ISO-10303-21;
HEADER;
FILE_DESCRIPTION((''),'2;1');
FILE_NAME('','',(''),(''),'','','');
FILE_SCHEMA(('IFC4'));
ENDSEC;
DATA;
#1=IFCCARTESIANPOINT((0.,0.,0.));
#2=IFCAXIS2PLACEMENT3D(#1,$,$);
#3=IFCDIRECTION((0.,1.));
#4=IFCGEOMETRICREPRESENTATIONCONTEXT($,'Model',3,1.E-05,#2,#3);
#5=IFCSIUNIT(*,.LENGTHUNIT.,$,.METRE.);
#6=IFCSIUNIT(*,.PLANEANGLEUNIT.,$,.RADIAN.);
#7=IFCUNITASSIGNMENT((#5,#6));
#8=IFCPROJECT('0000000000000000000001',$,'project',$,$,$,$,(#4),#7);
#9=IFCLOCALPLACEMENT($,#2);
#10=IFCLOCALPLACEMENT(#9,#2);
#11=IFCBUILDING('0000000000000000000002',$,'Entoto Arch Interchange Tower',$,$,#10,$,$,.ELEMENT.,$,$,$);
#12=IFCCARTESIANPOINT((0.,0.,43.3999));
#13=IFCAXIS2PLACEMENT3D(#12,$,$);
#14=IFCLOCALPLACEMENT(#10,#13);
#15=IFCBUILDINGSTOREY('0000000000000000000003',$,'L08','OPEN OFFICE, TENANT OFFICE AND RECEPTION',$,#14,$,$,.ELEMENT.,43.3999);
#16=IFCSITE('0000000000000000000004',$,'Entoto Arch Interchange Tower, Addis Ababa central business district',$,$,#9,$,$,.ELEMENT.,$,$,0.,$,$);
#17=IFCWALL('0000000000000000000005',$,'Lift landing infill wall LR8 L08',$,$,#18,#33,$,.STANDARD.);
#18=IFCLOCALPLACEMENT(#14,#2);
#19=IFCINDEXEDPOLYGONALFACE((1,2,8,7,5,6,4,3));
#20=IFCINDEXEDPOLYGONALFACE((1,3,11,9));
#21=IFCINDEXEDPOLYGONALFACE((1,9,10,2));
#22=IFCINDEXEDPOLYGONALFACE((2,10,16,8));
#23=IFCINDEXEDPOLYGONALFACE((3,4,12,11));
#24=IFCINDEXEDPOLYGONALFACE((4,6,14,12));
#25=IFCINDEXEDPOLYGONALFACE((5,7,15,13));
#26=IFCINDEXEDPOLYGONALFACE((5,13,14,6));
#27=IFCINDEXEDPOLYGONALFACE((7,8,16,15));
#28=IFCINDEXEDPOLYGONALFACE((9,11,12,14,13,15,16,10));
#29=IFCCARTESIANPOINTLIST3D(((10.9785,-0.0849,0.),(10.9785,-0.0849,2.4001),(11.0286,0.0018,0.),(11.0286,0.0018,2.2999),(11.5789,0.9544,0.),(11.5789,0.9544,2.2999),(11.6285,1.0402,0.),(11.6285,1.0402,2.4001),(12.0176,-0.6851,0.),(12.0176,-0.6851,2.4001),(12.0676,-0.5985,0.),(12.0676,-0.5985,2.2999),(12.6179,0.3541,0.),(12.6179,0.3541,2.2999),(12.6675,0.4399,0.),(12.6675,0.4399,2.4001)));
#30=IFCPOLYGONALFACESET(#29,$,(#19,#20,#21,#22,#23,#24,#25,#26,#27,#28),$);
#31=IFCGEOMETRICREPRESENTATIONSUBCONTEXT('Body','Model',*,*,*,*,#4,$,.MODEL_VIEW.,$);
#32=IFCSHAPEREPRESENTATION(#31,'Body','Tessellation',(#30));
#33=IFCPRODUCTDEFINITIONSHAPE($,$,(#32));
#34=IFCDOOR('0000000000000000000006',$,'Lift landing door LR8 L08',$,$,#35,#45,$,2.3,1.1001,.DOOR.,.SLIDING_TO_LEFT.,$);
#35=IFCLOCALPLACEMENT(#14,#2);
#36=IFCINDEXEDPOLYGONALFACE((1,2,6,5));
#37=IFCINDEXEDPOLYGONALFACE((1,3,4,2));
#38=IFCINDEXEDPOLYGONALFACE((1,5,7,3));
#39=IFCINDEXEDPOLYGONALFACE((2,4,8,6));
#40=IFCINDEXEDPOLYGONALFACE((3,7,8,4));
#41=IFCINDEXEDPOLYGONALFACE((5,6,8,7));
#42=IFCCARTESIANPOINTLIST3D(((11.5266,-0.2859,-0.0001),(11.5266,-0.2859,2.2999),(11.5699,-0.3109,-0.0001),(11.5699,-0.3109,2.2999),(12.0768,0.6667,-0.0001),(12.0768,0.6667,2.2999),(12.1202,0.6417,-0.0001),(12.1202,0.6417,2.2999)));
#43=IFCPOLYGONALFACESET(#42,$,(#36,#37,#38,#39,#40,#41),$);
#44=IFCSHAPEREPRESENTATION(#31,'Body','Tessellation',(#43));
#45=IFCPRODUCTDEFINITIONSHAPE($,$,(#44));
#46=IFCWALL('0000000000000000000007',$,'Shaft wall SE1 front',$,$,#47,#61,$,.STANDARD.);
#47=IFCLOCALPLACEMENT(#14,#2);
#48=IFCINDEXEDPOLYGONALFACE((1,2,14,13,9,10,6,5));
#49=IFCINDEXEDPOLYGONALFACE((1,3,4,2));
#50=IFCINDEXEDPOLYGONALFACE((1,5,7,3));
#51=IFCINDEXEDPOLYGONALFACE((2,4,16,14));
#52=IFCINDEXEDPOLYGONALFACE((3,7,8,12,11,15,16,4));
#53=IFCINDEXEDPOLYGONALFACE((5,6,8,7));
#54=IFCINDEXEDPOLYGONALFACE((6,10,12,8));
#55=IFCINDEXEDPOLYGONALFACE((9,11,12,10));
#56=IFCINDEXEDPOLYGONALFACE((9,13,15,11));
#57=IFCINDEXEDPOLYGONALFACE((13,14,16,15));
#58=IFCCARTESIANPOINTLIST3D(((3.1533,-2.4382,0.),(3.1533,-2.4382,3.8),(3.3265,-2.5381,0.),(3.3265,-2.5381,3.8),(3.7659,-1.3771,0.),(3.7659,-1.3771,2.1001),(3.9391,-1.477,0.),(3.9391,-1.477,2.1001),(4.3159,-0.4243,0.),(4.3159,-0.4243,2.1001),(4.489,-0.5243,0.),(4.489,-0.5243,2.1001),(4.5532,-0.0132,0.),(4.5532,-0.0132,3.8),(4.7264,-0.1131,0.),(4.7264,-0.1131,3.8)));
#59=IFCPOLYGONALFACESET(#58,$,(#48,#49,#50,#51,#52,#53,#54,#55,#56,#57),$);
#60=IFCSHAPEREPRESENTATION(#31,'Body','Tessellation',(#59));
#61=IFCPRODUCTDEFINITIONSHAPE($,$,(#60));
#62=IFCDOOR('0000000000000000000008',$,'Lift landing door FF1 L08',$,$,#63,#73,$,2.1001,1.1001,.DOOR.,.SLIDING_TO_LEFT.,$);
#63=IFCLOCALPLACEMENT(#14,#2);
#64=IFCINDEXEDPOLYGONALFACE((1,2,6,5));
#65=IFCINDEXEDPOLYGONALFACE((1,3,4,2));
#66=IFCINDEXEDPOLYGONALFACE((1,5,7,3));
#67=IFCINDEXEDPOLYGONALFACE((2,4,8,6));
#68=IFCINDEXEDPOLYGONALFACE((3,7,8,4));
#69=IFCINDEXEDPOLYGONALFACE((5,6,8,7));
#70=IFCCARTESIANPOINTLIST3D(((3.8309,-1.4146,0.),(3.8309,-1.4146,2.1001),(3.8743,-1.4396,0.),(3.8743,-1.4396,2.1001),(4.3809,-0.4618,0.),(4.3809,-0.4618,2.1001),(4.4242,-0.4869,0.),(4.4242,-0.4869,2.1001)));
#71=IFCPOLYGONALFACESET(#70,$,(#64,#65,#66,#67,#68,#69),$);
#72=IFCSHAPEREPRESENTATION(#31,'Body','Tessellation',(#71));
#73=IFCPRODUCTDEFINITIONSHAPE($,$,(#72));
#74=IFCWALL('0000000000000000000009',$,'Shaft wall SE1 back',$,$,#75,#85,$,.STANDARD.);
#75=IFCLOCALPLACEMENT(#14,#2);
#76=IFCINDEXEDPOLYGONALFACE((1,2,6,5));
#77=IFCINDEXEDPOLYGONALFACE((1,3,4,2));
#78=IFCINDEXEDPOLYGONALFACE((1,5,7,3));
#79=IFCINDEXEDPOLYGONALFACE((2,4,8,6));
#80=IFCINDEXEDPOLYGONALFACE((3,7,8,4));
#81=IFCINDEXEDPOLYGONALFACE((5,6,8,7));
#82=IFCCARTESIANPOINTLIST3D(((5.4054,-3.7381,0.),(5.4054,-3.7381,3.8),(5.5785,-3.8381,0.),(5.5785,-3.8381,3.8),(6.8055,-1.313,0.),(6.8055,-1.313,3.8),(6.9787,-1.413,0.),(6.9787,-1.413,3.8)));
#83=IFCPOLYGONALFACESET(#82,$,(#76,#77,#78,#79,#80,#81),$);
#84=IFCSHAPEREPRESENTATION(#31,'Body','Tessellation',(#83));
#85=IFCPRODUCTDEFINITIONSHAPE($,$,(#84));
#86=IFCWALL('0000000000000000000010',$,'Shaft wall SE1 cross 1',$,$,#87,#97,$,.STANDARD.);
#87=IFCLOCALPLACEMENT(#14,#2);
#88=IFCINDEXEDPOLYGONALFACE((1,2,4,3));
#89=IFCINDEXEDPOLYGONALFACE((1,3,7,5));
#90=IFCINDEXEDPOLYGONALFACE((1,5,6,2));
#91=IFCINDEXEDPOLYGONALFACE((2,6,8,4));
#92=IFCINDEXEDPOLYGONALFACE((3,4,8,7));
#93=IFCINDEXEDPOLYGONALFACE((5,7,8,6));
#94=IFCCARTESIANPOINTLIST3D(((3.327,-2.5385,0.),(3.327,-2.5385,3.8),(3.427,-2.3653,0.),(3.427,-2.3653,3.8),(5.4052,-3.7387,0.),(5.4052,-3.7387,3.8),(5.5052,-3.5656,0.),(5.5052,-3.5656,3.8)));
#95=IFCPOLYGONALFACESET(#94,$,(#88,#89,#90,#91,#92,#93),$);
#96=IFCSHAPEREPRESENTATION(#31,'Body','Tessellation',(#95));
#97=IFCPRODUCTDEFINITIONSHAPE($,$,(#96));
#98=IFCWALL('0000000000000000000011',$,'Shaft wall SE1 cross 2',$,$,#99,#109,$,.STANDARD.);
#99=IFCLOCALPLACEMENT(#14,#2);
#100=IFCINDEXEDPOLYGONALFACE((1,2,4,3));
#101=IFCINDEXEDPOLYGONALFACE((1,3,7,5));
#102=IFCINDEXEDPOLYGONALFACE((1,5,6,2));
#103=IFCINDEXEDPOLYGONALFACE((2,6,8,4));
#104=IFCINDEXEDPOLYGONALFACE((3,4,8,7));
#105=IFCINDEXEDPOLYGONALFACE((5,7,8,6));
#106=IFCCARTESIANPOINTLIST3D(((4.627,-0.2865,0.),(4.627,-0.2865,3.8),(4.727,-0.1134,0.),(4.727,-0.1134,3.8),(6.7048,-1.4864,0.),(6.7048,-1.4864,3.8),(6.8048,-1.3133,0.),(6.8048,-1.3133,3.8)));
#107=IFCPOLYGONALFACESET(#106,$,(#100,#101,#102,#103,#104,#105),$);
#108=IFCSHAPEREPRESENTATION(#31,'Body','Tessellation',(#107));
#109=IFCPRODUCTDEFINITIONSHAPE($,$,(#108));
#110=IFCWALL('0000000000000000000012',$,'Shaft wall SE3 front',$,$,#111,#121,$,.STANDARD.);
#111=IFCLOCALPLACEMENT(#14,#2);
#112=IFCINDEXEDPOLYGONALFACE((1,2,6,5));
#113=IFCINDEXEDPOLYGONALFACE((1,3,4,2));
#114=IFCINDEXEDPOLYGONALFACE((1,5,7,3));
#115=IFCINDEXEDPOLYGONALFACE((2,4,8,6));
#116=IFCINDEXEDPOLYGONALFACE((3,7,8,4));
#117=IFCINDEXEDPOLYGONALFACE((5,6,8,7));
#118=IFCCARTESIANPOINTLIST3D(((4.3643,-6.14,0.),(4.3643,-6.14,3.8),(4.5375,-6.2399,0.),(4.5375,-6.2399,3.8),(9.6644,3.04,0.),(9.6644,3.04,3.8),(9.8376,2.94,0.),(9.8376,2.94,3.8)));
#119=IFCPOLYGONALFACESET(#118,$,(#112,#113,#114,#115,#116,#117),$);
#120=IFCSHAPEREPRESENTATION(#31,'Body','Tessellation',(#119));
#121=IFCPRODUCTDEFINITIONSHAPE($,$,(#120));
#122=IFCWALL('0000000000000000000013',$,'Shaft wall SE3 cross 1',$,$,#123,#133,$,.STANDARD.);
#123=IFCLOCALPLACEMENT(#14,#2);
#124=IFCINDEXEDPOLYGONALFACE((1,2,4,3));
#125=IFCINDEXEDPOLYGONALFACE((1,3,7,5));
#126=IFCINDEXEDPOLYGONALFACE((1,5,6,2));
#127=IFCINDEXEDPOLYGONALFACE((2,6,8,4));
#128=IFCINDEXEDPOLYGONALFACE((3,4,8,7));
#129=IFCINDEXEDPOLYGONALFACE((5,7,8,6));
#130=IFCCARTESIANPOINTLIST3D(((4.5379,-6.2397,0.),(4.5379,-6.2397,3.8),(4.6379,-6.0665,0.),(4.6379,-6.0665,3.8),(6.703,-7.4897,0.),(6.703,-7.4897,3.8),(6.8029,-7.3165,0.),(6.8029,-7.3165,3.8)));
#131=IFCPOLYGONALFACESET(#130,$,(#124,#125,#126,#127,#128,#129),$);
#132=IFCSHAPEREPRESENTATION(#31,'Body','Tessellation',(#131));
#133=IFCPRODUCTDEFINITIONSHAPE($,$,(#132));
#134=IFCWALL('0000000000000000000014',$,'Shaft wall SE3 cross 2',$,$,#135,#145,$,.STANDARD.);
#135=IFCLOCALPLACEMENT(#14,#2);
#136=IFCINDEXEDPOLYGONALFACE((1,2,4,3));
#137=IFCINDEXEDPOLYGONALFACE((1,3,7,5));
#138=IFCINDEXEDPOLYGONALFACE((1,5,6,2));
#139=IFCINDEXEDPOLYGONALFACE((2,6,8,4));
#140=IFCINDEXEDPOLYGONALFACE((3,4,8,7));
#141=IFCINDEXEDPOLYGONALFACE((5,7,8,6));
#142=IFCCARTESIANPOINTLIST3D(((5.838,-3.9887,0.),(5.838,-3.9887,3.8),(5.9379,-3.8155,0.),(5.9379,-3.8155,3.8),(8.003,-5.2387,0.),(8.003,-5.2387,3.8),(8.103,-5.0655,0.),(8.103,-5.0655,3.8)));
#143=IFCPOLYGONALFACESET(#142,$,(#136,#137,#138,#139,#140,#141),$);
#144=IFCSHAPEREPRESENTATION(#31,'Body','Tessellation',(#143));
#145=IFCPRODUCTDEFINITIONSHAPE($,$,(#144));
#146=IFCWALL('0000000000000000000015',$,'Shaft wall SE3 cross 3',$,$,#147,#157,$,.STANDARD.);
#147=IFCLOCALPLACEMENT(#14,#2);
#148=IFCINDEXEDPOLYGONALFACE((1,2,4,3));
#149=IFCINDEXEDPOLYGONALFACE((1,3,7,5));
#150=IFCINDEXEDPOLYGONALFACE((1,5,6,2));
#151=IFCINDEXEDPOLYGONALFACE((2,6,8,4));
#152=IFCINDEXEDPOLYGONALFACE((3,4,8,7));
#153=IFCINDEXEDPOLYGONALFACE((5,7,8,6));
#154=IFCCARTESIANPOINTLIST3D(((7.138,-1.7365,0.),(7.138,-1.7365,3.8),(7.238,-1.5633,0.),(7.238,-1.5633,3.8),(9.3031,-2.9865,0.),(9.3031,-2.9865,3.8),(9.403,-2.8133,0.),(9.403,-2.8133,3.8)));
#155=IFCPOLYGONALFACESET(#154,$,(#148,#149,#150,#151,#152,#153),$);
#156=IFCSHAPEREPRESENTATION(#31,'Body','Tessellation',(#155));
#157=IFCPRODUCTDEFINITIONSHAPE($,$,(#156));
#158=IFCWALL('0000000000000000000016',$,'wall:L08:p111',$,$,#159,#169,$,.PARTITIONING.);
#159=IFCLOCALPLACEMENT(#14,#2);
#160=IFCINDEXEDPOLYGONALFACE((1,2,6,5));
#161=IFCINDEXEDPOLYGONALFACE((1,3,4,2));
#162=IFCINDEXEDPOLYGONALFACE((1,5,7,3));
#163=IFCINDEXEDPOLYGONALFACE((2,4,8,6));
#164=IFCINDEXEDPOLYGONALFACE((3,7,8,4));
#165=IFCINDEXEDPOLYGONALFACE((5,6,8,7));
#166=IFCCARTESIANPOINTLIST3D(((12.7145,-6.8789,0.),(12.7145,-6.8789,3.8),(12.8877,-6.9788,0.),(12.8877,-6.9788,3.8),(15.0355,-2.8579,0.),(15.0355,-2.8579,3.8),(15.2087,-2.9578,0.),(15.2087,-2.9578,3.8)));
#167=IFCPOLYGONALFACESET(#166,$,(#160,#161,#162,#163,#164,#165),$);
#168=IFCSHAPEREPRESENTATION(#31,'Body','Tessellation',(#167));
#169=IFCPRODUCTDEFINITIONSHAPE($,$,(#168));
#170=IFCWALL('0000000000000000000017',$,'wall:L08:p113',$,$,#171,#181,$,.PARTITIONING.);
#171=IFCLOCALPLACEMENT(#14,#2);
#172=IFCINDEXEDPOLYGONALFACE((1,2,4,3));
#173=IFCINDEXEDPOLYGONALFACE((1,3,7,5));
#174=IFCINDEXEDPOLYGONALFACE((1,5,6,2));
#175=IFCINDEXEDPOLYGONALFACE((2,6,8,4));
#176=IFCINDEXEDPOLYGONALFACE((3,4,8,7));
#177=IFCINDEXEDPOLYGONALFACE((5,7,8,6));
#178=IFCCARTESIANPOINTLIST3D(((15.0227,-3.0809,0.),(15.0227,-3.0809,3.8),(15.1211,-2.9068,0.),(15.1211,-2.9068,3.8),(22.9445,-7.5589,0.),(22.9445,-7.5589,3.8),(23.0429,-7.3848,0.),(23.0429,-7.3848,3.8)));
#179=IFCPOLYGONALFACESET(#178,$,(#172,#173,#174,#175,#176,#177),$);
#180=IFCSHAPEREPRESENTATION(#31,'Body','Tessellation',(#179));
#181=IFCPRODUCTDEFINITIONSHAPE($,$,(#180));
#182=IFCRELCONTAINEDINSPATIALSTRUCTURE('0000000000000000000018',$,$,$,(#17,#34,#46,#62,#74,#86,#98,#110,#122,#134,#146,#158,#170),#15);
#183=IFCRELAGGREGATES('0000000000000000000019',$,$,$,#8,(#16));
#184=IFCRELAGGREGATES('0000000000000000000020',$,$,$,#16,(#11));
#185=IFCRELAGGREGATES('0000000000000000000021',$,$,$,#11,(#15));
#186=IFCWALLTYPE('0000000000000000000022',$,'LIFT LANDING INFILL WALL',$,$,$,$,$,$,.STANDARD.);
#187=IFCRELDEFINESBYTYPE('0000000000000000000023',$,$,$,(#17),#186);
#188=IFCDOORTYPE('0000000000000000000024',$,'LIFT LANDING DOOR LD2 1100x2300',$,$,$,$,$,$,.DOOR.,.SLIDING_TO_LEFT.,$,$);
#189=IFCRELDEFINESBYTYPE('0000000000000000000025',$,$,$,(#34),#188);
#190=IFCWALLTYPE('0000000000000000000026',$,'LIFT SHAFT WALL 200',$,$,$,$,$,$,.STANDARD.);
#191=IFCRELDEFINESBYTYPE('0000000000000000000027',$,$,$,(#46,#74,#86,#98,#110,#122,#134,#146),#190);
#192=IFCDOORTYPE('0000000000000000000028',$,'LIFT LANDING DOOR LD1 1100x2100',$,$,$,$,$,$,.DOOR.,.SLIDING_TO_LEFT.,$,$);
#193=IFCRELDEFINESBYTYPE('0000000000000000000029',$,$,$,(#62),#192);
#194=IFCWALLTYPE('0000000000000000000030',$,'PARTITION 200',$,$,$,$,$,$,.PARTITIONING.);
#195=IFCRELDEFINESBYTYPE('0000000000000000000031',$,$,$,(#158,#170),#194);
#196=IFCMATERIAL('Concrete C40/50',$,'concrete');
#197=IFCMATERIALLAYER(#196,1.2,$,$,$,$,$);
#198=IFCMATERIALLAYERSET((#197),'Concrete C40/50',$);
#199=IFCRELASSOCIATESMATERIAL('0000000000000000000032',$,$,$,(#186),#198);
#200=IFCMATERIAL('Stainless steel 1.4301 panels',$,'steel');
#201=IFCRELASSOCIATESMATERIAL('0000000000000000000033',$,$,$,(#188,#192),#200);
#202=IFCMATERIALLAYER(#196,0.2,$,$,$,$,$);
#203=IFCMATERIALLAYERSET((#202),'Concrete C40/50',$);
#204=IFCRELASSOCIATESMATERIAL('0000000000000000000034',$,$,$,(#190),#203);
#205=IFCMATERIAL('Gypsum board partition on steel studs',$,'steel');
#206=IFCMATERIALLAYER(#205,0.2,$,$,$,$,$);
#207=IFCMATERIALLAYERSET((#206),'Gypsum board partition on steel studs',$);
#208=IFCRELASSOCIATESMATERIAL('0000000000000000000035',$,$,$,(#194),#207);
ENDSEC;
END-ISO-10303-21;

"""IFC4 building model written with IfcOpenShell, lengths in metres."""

from ifc_helpers import new_model, si_unit, direction, frame, frame_2d, origin, place, context, subcontext, project, spatial, rectangle, extrude, material, layer, layer_set, type_object, element, fill, save


model = new_model("IFC4")

# Units and contexts
model_context = context("Model", 3, precision=1e-05, world=origin(), true_north=direction((0.0, 1.0)))
body_context = subcontext(model_context, "Body", "Model", "MODEL_VIEW")
ifc_project = project(units=[si_unit("LENGTHUNIT", "METRE"), si_unit("PLANEANGLEUNIT", "RADIAN")], contexts=[model_context])

# Site, building, storey
site_placement = place(None, origin())
site = spatial("IfcSite", under=ifc_project, at=site_placement, Name="Entoto Arch Interchange Tower, Addis Ababa central business district", CompositionType="ELEMENT", RefElevation=0.0)
building_placement = place(site_placement, origin())
building = spatial("IfcBuilding", under=site, at=building_placement, Name="Entoto Arch Interchange Tower", CompositionType="ELEMENT")
storey_placement = place(building_placement, frame((0.0, 0.0, 43.3999)))
storey = spatial("IfcBuildingStorey", under=building, at=storey_placement, Name="L08", Description="OPEN OFFICE, TENANT OFFICE AND RECEPTION", CompositionType="ELEMENT", Elevation=43.3999)

# Walls, openings, doors
ifc_material_1 = material(Name="Concrete C40/50", Category="concrete")
ifc_layer_1 = layer(ifc_material_1, 1.2)
ifc_layer_set_1 = layer_set([ifc_layer_1], Name="Concrete C40/50")
wall_type_1 = type_object("IfcWallType", Name="LIFT LANDING INFILL WALL", PredefinedType="STANDARD", material=ifc_layer_set_1)
ifc_material_2 = material(Name="Stainless steel 1.4301 panels", Category="steel")
door_type_1 = type_object("IfcDoorType", Name="LIFT LANDING DOOR LD2 1100x2300", OperationType="SLIDING_TO_LEFT", PredefinedType="DOOR", material=ifc_material_2)
wall_1_placement = place(storey_placement, frame((11.498, -0.385, 0.0), z_axis=(0.0, 0.0, 1.0), x_axis=(0.500221, 0.865898, 0.0)))
wall_1 = element("IfcWall", 1, at=wall_1_placement, inside=storey, type_object=wall_type_1, Name="Lift landing infill wall LR8 L08", PredefinedType="STANDARD", context=body_context, shape_type="SweptSolid", body=[
    extrude(rectangle(XDim=1.2993, YDim=1.2, at=frame_2d((0.6497, 0.0))), origin(), (0.0, 0.0, 1.0), 2.4001),
])
opening_1_placement = place(wall_1_placement, frame((0.1001, 0.0, 0.0)))
opening_1 = element("IfcOpeningElement", 2, at=opening_1_placement, cuts=wall_1, PredefinedType="OPENING", context=body_context, shape_type="SweptSolid", body=[
    extrude(rectangle(XDim=1.1001, YDim=2.3, at=frame_2d((0.55, 1.1499))), frame((0.0, 0.6099, 0.0), z_axis=(0.0, -1.0, 0.0), x_axis=(1.0, 0.0, 0.0)), (0.0, 0.0, 1.0), 1.22),
])
door_1_placement = place(opening_1_placement, origin())
door_1 = element("IfcDoor", 3, at=door_1_placement, inside=storey, type_object=door_type_1, Name="Lift landing door LR8 L08", OperationType="SLIDING_TO_LEFT", OverallHeight=2.3, OverallWidth=1.1001, PredefinedType="DOOR", context=body_context, shape_type="SweptSolid", body=[
    extrude(rectangle(XDim=1.1001, YDim=2.3, at=frame_2d((0.55, 1.1499))), frame((0.0, 0.0249, 0.0), z_axis=(0.0, -1.0, 0.0), x_axis=(1.0, 0.0, 0.0)), (0.0, 0.0, 1.0), 0.05),
])
fill(opening_1, door_1)
ifc_layer_2 = layer(ifc_material_1, 0.2)
ifc_layer_set_2 = layer_set([ifc_layer_2], Name="Concrete C40/50")
wall_type_2 = type_object("IfcWallType", Name="LIFT SHAFT WALL 200", PredefinedType="STANDARD", material=ifc_layer_set_2)
wall_2_placement = place(storey_placement, frame((3.24, -2.488, 0.0), z_axis=(0.0, 0.0, 1.0), x_axis=(0.499946, 0.866056, 0.0)))
wall_2 = element("IfcWall", 4, at=wall_2_placement, inside=storey, type_object=wall_type_2, Name="Shaft wall SE1 front", PredefinedType="STANDARD", context=body_context, shape_type="SweptSolid", body=[
    extrude(rectangle(XDim=2.8, YDim=0.2, at=frame_2d((1.3999, 0.0))), origin(), (0.0, 0.0, 1.0), 3.8),
])
opening_2_placement = place(wall_2_placement, frame((1.2251, 0.0, 0.0)))
opening_2 = element("IfcOpeningElement", 5, at=opening_2_placement, cuts=wall_2, PredefinedType="OPENING", context=body_context, shape_type="SweptSolid", body=[
    extrude(rectangle(XDim=1.1001, YDim=2.1001, at=frame_2d((0.55, 1.05))), frame((0.0, 0.1099, 0.0), z_axis=(0.0, -1.0, 0.0), x_axis=(1.0, 0.0, 0.0)), (0.0, 0.0, 1.0), 0.22),
])
door_type_2 = type_object("IfcDoorType", Name="LIFT LANDING DOOR LD1 1100x2100", OperationType="SLIDING_TO_LEFT", PredefinedType="DOOR", material=ifc_material_2)
door_2_placement = place(opening_2_placement, origin())
door_2 = element("IfcDoor", 6, at=door_2_placement, inside=storey, type_object=door_type_2, Name="Lift landing door FF1 L08", OperationType="SLIDING_TO_LEFT", OverallHeight=2.1001, OverallWidth=1.1001, PredefinedType="DOOR", context=body_context, shape_type="SweptSolid", body=[
    extrude(rectangle(XDim=1.1001, YDim=2.1001, at=frame_2d((0.55, 1.05))), frame((0.0, 0.0249, 0.0), z_axis=(0.0, -1.0, 0.0), x_axis=(1.0, 0.0, 0.0)), (0.0, 0.0, 1.0), 0.05),
])
fill(opening_2, door_2)

# Walls
wall_3_placement = place(storey_placement, frame((5.4919, -3.7881, 0.0), z_axis=(0.0, 0.0, 1.0), x_axis=(0.500012, 0.866019, 0.0)))
element("IfcWall", 7, at=wall_3_placement, inside=storey, type_object=wall_type_2, Name="Shaft wall SE1 back", PredefinedType="STANDARD", context=body_context, shape_type="SweptSolid", body=[
    extrude(rectangle(XDim=2.8003, YDim=0.2, at=frame_2d((1.4001, 0.0))), origin(), (0.0, 0.0, 1.0), 3.8),
])
wall_4_placement = place(storey_placement, frame((3.377, -2.4519, 0.0), z_axis=(0.0, 0.0, 1.0), x_axis=(0.865955, -0.500122, 0.0)))
element("IfcWall", 8, at=wall_4_placement, inside=storey, type_object=wall_type_2, Name="Shaft wall SE1 cross 1", PredefinedType="STANDARD", context=body_context, shape_type="SweptSolid", body=[
    extrude(rectangle(XDim=2.3999, YDim=0.2, at=frame_2d((1.2, 0.0))), origin(), (0.0, 0.0, 1.0), 3.8),
])
wall_5_placement = place(storey_placement, frame((4.677, -0.2, 0.0), z_axis=(0.0, 0.0, 1.0), x_axis=(0.865974, -0.500089, 0.0)))
element("IfcWall", 9, at=wall_5_placement, inside=storey, type_object=wall_type_2, Name="Shaft wall SE1 cross 2", PredefinedType="STANDARD", context=body_context, shape_type="SweptSolid", body=[
    extrude(rectangle(XDim=2.3994, YDim=0.2, at=frame_2d((1.1997, 0.0))), origin(), (0.0, 0.0, 1.0), 3.8),
])
wall_6_placement = place(storey_placement, frame((4.4509, -6.1899, 0.0), z_axis=(0.0, 0.0, 1.0), x_axis=(0.500001, 0.866025, 0.0)))
element("IfcWall", 10, at=wall_6_placement, inside=storey, type_object=wall_type_2, Name="Shaft wall SE3 front", PredefinedType="STANDARD", context=body_context, shape_type="SweptSolid", body=[
    extrude(rectangle(XDim=10.6001, YDim=0.2, at=frame_2d((5.3, 0.0))), origin(), (0.0, 0.0, 1.0), 3.8),
])
for number, where, z_axis, x_axis, name in (
    (11, (4.5879, -6.1531, 0.0), (0.0, 0.0, 1.0), (0.866023, -0.500004, 0.0), "Shaft wall SE3 cross 1"),
    (12, (5.8879, -3.9021, 0.0), (0.0, 0.0, 1.0), (0.866023, -0.500004, 0.0), "Shaft wall SE3 cross 2"),
    (13, (7.188, -1.6499, 0.0), (0.0, 0.0, 1.0), (0.866023, -0.500004, 0.0), "Shaft wall SE3 cross 3"),
):
    element("IfcWall", number, at=place(storey_placement, frame(where, z_axis=z_axis, x_axis=x_axis)), inside=storey, type_object=wall_type_2, Name=name, PredefinedType="STANDARD", context=body_context, shape_type="SweptSolid", body=[
        extrude(rectangle(XDim=2.5, YDim=0.2, at=frame_2d((1.25, 0.0))), origin(), (0.0, 0.0, 1.0), 3.8),
    ])
ifc_material_3 = material(Name="Gypsum board partition on steel studs", Category="steel")
ifc_layer_3 = layer(ifc_material_3, 0.2)
ifc_layer_set_3 = layer_set([ifc_layer_3], Name="Gypsum board partition on steel studs")
wall_type_3 = type_object("IfcWallType", Name="PARTITION 200", PredefinedType="PARTITIONING", material=ifc_layer_set_3)
wall_7_placement = place(storey_placement, frame((15.1221, -2.908, 0.0), z_axis=(0.0, 0.0, 1.0), x_axis=(-0.499923, -0.86607, 0.0)))
element("IfcWall", 14, at=wall_7_placement, inside=storey, type_object=wall_type_3, Name="wall:L08:p111", PredefinedType="PARTITIONING", context=body_context, shape_type="SweptSolid", body=[
    extrude(rectangle(XDim=4.6428, YDim=0.2, at=frame_2d((2.3213, 0.0))), origin(), (0.0, 0.0, 1.0), 3.8),
])
wall_8_placement = place(storey_placement, frame((15.072, -2.9939, 0.0), z_axis=(0.0, 0.0, 1.0), x_axis=(0.870542, -0.492094, 0.0)))
element("IfcWall", 15, at=wall_8_placement, inside=storey, type_object=wall_type_3, Name="wall:L08:p113", PredefinedType="PARTITIONING", context=body_context, shape_type="SweptSolid", body=[
    extrude(rectangle(XDim=9.0999, YDim=0.2, at=frame_2d((4.5498, 0.0))), origin(), (0.0, 0.0, 1.0), 3.8),
])

save(model, "model.ifc")
